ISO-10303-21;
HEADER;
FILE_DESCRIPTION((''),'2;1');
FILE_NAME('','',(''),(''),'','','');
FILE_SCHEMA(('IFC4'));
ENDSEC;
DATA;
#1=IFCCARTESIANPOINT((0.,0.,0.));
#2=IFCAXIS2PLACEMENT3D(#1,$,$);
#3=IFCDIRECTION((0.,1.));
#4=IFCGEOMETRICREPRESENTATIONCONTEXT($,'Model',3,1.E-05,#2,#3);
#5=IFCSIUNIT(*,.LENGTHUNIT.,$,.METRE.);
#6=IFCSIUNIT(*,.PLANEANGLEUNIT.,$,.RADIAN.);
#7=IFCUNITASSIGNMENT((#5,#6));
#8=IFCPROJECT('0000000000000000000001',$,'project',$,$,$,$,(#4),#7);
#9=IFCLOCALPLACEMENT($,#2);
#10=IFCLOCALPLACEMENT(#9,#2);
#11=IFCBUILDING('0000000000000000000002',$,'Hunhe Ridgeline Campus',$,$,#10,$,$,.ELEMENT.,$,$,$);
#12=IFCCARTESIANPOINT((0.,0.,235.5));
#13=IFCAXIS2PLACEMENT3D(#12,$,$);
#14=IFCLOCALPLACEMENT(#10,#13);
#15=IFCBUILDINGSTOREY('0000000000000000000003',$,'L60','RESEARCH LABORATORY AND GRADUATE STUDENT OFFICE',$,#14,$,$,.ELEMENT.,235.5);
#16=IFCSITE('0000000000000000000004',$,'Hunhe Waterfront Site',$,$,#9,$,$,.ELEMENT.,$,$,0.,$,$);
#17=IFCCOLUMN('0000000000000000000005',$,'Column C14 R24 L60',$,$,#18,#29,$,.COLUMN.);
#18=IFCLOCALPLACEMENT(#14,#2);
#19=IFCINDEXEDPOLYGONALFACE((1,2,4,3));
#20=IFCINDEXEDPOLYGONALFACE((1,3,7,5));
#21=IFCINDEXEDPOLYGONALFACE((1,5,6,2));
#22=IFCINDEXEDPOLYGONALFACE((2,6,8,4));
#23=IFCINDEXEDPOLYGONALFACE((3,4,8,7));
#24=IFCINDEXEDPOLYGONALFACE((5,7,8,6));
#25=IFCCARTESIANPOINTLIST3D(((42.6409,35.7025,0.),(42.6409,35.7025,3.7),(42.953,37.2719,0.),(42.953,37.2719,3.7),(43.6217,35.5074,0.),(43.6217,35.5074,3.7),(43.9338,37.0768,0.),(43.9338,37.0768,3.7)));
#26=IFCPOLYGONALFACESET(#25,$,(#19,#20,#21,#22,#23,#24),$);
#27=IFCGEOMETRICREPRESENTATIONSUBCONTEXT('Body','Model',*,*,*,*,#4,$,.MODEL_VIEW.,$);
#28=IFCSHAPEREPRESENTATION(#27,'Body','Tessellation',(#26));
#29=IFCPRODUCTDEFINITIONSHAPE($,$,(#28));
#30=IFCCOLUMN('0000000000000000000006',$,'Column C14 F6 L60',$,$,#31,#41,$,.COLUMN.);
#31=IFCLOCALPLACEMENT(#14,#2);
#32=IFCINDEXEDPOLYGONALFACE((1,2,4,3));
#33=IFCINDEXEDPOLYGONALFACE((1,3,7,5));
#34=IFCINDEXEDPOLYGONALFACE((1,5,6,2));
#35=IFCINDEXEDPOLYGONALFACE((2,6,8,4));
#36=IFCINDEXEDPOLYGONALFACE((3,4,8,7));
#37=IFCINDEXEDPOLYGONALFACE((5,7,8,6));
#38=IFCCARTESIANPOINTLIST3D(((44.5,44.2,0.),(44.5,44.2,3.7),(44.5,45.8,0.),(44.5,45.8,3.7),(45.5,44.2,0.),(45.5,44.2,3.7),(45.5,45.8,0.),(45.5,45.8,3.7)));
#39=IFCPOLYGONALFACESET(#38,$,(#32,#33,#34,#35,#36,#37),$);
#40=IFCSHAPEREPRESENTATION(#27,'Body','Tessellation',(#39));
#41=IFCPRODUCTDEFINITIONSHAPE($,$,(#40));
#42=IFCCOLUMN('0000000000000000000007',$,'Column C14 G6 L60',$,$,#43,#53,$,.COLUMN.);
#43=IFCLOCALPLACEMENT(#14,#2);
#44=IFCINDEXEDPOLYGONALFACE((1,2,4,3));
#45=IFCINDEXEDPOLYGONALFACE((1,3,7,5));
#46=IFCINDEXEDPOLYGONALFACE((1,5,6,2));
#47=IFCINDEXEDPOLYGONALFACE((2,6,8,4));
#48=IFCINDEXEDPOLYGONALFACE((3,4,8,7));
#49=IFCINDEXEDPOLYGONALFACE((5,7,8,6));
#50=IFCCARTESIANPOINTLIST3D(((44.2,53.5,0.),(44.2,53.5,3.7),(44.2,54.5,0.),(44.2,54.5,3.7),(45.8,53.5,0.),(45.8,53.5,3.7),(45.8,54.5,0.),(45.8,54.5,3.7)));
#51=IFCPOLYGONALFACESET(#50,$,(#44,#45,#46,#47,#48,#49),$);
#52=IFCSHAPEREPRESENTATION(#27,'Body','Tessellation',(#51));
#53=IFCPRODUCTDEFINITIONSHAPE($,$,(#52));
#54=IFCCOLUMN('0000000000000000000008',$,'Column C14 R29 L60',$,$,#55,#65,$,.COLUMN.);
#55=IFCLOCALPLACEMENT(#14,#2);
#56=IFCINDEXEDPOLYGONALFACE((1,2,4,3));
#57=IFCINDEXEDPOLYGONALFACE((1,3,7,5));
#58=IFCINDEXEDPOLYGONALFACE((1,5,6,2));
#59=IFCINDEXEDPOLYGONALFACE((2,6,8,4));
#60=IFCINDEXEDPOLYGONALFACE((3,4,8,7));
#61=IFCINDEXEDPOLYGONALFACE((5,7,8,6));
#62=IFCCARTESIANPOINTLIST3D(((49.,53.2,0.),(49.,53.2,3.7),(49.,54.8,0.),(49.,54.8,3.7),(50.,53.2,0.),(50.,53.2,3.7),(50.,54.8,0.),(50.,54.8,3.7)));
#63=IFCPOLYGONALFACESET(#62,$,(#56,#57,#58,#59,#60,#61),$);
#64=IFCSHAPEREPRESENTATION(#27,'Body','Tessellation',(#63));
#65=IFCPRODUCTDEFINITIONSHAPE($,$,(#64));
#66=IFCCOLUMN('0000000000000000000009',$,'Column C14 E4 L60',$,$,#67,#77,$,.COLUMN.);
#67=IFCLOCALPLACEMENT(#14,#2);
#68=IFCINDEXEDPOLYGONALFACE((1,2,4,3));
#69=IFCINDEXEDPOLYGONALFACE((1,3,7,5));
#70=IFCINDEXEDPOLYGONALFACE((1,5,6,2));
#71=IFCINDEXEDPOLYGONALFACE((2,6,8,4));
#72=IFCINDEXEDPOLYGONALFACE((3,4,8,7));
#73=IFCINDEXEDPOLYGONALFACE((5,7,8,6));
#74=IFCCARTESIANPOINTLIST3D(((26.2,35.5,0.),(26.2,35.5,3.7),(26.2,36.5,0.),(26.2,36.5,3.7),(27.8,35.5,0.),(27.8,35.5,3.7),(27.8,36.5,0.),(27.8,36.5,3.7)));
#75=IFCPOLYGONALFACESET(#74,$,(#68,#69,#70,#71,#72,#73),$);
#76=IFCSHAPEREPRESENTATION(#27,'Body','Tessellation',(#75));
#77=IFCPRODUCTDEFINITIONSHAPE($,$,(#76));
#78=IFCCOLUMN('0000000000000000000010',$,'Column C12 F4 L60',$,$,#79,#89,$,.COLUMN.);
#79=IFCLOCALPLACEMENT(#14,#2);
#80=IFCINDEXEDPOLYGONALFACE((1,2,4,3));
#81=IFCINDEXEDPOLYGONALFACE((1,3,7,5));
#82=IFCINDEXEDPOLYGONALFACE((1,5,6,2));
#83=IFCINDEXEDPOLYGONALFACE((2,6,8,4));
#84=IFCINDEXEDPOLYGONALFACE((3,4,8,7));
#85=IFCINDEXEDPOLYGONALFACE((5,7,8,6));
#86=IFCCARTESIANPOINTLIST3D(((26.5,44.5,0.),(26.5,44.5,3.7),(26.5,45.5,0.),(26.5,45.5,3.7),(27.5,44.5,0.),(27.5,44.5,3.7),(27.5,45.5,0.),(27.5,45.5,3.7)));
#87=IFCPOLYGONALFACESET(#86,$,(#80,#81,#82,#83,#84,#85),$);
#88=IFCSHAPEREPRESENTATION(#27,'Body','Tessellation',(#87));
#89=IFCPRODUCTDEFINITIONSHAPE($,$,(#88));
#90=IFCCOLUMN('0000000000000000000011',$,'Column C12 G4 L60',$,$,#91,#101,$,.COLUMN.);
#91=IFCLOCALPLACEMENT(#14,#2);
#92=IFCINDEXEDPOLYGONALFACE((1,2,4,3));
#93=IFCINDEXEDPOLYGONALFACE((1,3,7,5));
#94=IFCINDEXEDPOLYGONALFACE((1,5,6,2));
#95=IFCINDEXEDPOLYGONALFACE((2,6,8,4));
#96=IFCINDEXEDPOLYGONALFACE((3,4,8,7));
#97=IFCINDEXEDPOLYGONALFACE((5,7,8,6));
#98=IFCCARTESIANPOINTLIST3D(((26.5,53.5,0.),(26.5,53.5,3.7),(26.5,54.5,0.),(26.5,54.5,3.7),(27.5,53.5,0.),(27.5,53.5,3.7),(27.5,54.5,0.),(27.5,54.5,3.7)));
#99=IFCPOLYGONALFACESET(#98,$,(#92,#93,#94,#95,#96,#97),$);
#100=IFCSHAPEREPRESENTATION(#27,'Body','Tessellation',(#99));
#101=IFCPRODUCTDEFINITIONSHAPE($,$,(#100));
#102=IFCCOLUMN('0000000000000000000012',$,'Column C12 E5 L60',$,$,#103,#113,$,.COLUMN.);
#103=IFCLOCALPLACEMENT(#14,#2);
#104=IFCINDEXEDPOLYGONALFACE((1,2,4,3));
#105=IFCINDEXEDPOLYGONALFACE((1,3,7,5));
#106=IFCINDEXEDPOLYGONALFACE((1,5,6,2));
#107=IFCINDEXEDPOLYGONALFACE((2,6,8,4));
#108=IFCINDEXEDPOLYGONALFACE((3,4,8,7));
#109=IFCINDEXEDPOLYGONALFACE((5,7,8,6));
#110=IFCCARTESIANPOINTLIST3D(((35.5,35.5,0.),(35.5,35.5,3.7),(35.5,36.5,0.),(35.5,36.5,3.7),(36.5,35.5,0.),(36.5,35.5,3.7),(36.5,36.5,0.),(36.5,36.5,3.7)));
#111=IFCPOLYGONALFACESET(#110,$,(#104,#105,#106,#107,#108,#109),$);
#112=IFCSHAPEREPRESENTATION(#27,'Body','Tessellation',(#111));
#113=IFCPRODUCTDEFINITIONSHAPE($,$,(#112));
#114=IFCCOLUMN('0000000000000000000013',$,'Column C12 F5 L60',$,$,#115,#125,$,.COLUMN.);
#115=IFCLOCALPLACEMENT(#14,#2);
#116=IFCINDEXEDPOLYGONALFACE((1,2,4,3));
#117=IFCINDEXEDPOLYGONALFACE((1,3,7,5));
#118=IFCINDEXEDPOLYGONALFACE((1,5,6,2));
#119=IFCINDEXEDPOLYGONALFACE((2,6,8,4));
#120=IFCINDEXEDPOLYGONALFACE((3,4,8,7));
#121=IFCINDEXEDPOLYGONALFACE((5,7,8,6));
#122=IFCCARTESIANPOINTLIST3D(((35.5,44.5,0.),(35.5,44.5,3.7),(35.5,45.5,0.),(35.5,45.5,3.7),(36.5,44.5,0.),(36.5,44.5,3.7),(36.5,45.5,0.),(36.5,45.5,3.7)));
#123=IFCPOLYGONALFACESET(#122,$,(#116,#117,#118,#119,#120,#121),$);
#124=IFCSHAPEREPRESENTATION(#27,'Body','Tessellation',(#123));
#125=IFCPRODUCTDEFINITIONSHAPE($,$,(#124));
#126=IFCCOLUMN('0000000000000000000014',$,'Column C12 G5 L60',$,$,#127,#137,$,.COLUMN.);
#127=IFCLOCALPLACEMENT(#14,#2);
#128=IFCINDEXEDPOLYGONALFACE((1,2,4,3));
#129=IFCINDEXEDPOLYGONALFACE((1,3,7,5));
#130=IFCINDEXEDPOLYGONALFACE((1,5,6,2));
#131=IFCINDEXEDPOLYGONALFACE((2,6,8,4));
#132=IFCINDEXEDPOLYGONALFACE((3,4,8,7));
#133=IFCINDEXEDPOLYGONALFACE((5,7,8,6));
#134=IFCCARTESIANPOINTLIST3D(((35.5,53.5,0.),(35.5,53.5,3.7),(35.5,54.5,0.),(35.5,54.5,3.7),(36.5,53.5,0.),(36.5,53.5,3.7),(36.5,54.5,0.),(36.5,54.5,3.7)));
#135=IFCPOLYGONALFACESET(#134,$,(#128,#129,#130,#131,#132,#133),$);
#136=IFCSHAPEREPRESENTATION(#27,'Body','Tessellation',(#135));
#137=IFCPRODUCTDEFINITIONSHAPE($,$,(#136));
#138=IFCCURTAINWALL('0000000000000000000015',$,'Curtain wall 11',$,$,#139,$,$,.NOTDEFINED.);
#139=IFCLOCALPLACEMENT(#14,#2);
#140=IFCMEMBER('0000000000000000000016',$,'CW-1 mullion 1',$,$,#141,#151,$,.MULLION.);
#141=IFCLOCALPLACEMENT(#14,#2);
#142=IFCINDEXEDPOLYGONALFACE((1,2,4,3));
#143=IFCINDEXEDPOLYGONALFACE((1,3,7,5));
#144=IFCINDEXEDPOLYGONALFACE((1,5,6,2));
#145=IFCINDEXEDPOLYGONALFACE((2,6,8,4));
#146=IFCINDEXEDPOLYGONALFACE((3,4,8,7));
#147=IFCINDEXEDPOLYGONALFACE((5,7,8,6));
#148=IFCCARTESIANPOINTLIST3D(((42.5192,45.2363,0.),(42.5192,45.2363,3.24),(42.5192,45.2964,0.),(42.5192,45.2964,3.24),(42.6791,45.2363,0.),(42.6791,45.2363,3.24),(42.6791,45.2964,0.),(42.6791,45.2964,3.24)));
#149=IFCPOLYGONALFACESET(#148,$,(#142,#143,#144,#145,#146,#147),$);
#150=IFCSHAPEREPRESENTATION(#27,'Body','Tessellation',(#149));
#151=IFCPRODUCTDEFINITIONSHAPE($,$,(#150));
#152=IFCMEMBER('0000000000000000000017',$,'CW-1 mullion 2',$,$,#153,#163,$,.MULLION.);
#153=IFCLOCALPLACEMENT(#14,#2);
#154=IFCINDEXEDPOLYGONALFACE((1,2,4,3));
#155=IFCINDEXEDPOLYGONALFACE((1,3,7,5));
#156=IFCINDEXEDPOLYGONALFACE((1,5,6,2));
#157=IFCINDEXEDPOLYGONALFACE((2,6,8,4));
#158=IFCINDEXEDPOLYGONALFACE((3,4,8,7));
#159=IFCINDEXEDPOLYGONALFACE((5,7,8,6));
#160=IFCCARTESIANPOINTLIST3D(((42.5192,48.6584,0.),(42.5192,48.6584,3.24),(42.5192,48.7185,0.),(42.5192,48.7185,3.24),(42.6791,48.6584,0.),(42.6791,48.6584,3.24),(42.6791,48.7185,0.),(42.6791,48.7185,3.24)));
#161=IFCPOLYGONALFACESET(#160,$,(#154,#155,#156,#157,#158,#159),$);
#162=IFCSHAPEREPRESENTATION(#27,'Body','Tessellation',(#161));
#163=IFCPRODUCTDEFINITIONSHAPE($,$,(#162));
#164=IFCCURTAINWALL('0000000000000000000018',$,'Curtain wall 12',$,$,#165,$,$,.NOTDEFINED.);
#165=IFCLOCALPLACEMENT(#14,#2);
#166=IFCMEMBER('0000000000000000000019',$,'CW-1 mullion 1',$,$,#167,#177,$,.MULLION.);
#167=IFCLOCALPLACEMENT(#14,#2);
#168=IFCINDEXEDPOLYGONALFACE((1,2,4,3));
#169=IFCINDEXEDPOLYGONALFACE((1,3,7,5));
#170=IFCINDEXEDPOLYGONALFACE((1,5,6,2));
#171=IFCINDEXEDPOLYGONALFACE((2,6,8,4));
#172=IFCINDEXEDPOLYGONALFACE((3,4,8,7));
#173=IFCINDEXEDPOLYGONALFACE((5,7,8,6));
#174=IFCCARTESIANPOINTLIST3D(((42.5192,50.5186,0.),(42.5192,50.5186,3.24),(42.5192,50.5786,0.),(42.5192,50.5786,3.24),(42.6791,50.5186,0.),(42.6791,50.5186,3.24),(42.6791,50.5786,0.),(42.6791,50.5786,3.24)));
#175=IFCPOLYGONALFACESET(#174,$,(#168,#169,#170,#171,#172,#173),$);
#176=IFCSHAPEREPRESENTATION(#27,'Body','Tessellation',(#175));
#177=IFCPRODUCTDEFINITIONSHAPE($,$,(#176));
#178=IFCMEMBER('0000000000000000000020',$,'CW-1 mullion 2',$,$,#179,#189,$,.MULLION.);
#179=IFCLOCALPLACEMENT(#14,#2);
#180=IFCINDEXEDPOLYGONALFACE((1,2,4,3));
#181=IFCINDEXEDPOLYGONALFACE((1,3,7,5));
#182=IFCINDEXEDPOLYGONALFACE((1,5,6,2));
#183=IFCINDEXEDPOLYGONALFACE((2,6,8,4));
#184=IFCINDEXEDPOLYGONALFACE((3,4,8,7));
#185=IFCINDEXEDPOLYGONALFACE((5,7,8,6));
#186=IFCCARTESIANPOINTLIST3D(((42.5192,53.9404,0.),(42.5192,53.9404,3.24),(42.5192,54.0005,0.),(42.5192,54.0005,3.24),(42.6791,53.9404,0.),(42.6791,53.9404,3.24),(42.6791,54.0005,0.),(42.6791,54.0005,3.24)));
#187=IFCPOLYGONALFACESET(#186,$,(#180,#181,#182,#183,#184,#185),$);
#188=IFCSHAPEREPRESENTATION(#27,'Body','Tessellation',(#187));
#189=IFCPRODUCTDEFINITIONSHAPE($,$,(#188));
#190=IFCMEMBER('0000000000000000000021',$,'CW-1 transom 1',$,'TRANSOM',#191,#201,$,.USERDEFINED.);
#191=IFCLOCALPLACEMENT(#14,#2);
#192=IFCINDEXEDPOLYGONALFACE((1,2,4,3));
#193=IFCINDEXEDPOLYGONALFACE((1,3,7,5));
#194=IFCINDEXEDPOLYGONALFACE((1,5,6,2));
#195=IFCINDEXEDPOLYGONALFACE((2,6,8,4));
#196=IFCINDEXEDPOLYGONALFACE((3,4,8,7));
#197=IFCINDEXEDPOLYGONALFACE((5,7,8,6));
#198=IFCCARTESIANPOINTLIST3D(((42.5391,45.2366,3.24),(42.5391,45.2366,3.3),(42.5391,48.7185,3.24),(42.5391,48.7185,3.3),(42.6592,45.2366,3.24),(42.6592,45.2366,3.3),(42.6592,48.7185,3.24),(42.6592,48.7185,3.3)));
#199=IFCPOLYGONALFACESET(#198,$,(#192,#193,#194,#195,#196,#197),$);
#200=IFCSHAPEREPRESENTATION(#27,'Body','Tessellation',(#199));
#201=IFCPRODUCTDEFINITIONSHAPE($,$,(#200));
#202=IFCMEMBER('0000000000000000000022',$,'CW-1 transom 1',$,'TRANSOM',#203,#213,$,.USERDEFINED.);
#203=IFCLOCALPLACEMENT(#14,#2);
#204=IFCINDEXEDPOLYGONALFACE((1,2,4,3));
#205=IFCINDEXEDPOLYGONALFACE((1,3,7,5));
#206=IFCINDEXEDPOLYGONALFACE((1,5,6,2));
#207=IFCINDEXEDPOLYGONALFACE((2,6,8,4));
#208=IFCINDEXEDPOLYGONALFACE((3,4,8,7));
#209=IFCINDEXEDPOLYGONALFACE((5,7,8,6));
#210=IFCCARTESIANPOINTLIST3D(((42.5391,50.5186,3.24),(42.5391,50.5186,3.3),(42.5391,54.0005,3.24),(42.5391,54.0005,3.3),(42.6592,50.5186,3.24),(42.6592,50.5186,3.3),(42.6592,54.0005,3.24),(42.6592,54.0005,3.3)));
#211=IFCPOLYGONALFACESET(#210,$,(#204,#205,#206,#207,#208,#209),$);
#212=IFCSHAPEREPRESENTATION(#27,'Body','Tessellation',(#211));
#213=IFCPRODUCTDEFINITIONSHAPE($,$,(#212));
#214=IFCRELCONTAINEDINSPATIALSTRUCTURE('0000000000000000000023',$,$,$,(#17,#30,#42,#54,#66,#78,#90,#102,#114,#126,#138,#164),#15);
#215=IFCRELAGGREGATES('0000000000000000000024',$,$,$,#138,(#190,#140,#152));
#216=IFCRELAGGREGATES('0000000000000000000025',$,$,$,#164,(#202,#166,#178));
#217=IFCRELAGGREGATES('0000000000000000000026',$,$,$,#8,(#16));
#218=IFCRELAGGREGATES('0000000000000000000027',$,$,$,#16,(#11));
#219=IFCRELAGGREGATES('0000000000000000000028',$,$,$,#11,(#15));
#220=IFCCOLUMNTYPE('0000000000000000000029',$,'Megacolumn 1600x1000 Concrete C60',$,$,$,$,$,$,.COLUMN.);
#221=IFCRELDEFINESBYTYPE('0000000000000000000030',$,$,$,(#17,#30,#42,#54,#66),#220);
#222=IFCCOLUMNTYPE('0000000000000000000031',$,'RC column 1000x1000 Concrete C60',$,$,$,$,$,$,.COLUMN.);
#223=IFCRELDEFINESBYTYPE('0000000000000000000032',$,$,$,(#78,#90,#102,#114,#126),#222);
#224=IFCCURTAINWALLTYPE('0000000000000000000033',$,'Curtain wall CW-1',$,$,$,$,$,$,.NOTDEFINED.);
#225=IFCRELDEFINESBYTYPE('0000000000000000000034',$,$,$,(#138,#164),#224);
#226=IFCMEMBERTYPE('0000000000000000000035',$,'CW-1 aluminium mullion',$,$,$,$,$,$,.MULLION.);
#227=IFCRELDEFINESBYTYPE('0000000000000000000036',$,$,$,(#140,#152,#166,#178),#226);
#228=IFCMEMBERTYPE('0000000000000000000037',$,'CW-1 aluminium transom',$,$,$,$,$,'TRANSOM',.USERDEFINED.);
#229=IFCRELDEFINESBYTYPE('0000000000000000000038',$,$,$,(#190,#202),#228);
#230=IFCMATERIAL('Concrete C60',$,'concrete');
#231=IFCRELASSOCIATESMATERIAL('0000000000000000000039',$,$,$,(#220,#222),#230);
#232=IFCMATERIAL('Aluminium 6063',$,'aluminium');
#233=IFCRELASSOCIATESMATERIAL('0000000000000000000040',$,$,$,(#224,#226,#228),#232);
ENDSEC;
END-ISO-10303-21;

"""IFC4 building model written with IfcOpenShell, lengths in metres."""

from ifc_helpers import new_model, si_unit, direction, frame, origin, origin_2d, place, context, subcontext, project, spatial, rectangle, extrude, material, material_profile, profile_set, type_object, element, aggregate, save


model = new_model("IFC4")

# Units and contexts
model_context = context("Model", 3, precision=1e-05, world=origin(), true_north=direction((0.0, 1.0)))
body_context = subcontext(model_context, "Body", "Model", "MODEL_VIEW")
ifc_project = project(units=[si_unit("LENGTHUNIT", "METRE"), si_unit("PLANEANGLEUNIT", "RADIAN")], contexts=[model_context])

# Site, building, storey
site_placement = place(None, origin())
site = spatial("IfcSite", under=ifc_project, at=site_placement, Name="Hunhe Waterfront Site", CompositionType="ELEMENT", RefElevation=0.0)
building_placement = place(site_placement, origin())
building = spatial("IfcBuilding", under=site, at=building_placement, Name="Hunhe Ridgeline Campus", CompositionType="ELEMENT")
storey_placement = place(building_placement, frame((0.0, 0.0, 235.5)))
storey = spatial("IfcBuildingStorey", under=building, at=storey_placement, Name="L60", Description="RESEARCH LABORATORY AND GRADUATE STUDENT OFFICE", CompositionType="ELEMENT", Elevation=235.5)

# Columns
ifc_material_1 = material(Name="Concrete C60", Category="concrete")
ifc_material_profile_1 = material_profile(ifc_material_1, rectangle(XDim=1.6001, YDim=1.0, at=origin_2d()))
ifc_profile_set_1 = profile_set([ifc_material_profile_1], Name="Concrete C60")
column_type_1 = type_object("IfcColumnType", Name="Megacolumn 1600x1000 Concrete C60", PredefinedType="COLUMN", material=ifc_profile_set_1)
for number, where, z_axis, x_axis, name in (
    (1, (43.2874, 36.3896, 0.0), (0.0, 0.0, 1.0), (0.19509, 0.980785, 0.0), "Column C14 R24 L60"),
    (2, (45.0, 45.0, 0.0), (0.0, 0.0, 1.0), (0.0, 1.0, 0.0), "Column C14 F6 L60"),
    (3, (45.0, 54.0, 0.0), (0.0, 0.0, 1.0), (1.0, 0.0, 0.0), "Column C14 G6 L60"),
    (4, (49.5, 54.0, 0.0), (0.0, 0.0, 1.0), (0.0, 1.0, 0.0), "Column C14 R29 L60"),
    (5, (27.0, 36.0, 0.0), (0.0, 0.0, 1.0), (1.0, 0.0, 0.0), "Column C14 E4 L60"),
):
    element("IfcColumn", number, at=place(storey_placement, frame(where, z_axis=z_axis, x_axis=x_axis)), inside=storey, type_object=column_type_1, Name=name, PredefinedType="COLUMN", context=body_context, shape_type="SweptSolid", body=[
        extrude(rectangle(XDim=1.6001, YDim=1.0, at=origin_2d()), origin(), (0.0, 0.0, 1.0), 3.7),
    ])
ifc_material_profile_2 = material_profile(ifc_material_1, rectangle(XDim=1.0, YDim=1.0, at=origin_2d()))
ifc_profile_set_2 = profile_set([ifc_material_profile_2], Name="Concrete C60")
column_type_2 = type_object("IfcColumnType", Name="RC column 1000x1000 Concrete C60", PredefinedType="COLUMN", material=ifc_profile_set_2)
for number, where, z_axis, x_axis, name in (
    (6, (27.0, 45.0, 0.0), (0.0, 0.0, 1.0), (1.0, 0.0, 0.0), "Column C12 F4 L60"),
    (7, (27.0, 54.0, 0.0), (0.0, 0.0, 1.0), (1.0, 0.0, 0.0), "Column C12 G4 L60"),
    (8, (36.0, 36.0, 0.0), (0.0, 0.0, 1.0), (1.0, 0.0, 0.0), "Column C12 E5 L60"),
    (9, (36.0, 45.0, 0.0), (0.0, 0.0, 1.0), (1.0, 0.0, 0.0), "Column C12 F5 L60"),
    (10, (36.0, 54.0, 0.0), (0.0, 0.0, 1.0), (1.0, 0.0, 0.0), "Column C12 G5 L60"),
):
    element("IfcColumn", number, at=place(storey_placement, frame(where, z_axis=z_axis, x_axis=x_axis)), inside=storey, type_object=column_type_2, Name=name, PredefinedType="COLUMN", context=body_context, shape_type="SweptSolid", body=[
        extrude(rectangle(XDim=1.0, YDim=1.0, at=origin_2d()), origin(), (0.0, 0.0, 1.0), 3.7),
    ])

# Curtain walls, members
ifc_material_2 = material(Name="Aluminium 6063", Category="aluminium")
curtain_wall_type_1 = type_object("IfcCurtainWallType", Name="Curtain wall CW-1", PredefinedType="NOTDEFINED", material=ifc_material_2)
curtain_wall_1_placement = place(storey_placement, origin())
curtain_wall_1 = element("IfcCurtainWall", 11, at=curtain_wall_1_placement, inside=storey, type_object=curtain_wall_type_1, Name="Curtain wall 11", PredefinedType="NOTDEFINED")
ifc_material_profile_3 = material_profile(ifc_material_2, rectangle(XDim=0.1599, YDim=0.0601, at=origin_2d()))
ifc_profile_set_3 = profile_set([ifc_material_profile_3], Name="Aluminium 6063")
member_type_1 = type_object("IfcMemberType", Name="CW-1 aluminium mullion", PredefinedType="MULLION", material=ifc_profile_set_3)
member_1_placement = place(storey_placement, frame((42.5991, 45.2664, 0.0), z_axis=(0.0, 0.0, 1.0), x_axis=(-1.0, 0.000019, 0.0)))
member_1 = element("IfcMember", 12, at=member_1_placement, type_object=member_type_1, Name="CW-1 mullion 1", PredefinedType="MULLION", context=body_context, shape_type="SweptSolid", body=[
    extrude(rectangle(XDim=0.1599, YDim=0.0601, at=origin_2d()), origin(), (0.0, 0.0, 1.0), 3.24),
])
member_2_placement = place(storey_placement, frame((42.5991, 48.6885, 0.0), z_axis=(0.0, 0.0, 1.0), x_axis=(-1.0, 0.000019, 0.0)))
member_2 = element("IfcMember", 13, at=member_2_placement, type_object=member_type_1, Name="CW-1 mullion 2", PredefinedType="MULLION", context=body_context, shape_type="SweptSolid", body=[
    extrude(rectangle(XDim=0.1599, YDim=0.0601, at=origin_2d()), origin(), (0.0, 0.0, 1.0), 3.24),
])
curtain_wall_2_placement = place(storey_placement, origin())
curtain_wall_2 = element("IfcCurtainWall", 14, at=curtain_wall_2_placement, inside=storey, type_object=curtain_wall_type_1, Name="Curtain wall 12", PredefinedType="NOTDEFINED")
member_3_placement = place(storey_placement, frame((42.5991, 50.5486, 0.0), z_axis=(0.0, 0.0, 1.0), x_axis=(-1.0, 0.000019, 0.0)))
member_3 = element("IfcMember", 15, at=member_3_placement, type_object=member_type_1, Name="CW-1 mullion 1", PredefinedType="MULLION", context=body_context, shape_type="SweptSolid", body=[
    extrude(rectangle(XDim=0.1599, YDim=0.0601, at=origin_2d()), origin(), (0.0, 0.0, 1.0), 3.24),
])
member_4_placement = place(storey_placement, frame((42.5991, 53.9705, 0.0), z_axis=(0.0, 0.0, 1.0), x_axis=(-1.0, 0.000019, 0.0)))
member_4 = element("IfcMember", 16, at=member_4_placement, type_object=member_type_1, Name="CW-1 mullion 2", PredefinedType="MULLION", context=body_context, shape_type="SweptSolid", body=[
    extrude(rectangle(XDim=0.1599, YDim=0.0601, at=origin_2d()), origin(), (0.0, 0.0, 1.0), 3.24),
])

# Members
ifc_material_profile_4 = material_profile(ifc_material_2, rectangle(XDim=0.1201, YDim=0.0601, at=origin_2d()))
ifc_profile_set_4 = profile_set([ifc_material_profile_4], Name="Aluminium 6063")
member_type_2 = type_object("IfcMemberType", Name="CW-1 aluminium transom", ElementType="TRANSOM", PredefinedType="USERDEFINED", material=ifc_profile_set_4)
member_5_placement = place(storey_placement, frame((42.5991, 45.2366, 3.27), z_axis=(0.0, 1.0, 0.0), x_axis=(-1.0, 0.0, 0.0)))
member_5 = element("IfcMember", 17, at=member_5_placement, type_object=member_type_2, Name="CW-1 transom 1", ObjectType="TRANSOM", PredefinedType="USERDEFINED", context=body_context, shape_type="SweptSolid", body=[
    extrude(rectangle(XDim=0.1201, YDim=0.0601, at=origin_2d()), origin(), (0.0, 0.0, 1.0), 3.4819),
])
member_6_placement = place(storey_placement, frame((42.5991, 50.5186, 3.27), z_axis=(0.0, 1.0, 0.0), x_axis=(-1.0, 0.0, 0.0)))
member_6 = element("IfcMember", 18, at=member_6_placement, type_object=member_type_2, Name="CW-1 transom 1", ObjectType="TRANSOM", PredefinedType="USERDEFINED", context=body_context, shape_type="SweptSolid", body=[
    extrude(rectangle(XDim=0.1201, YDim=0.0601, at=origin_2d()), origin(), (0.0, 0.0, 1.0), 3.4819),
])

aggregate(curtain_wall_1, [member_5, member_1, member_2])
aggregate(curtain_wall_2, [member_6, member_3, member_4])

save(model, "model.ifc")
